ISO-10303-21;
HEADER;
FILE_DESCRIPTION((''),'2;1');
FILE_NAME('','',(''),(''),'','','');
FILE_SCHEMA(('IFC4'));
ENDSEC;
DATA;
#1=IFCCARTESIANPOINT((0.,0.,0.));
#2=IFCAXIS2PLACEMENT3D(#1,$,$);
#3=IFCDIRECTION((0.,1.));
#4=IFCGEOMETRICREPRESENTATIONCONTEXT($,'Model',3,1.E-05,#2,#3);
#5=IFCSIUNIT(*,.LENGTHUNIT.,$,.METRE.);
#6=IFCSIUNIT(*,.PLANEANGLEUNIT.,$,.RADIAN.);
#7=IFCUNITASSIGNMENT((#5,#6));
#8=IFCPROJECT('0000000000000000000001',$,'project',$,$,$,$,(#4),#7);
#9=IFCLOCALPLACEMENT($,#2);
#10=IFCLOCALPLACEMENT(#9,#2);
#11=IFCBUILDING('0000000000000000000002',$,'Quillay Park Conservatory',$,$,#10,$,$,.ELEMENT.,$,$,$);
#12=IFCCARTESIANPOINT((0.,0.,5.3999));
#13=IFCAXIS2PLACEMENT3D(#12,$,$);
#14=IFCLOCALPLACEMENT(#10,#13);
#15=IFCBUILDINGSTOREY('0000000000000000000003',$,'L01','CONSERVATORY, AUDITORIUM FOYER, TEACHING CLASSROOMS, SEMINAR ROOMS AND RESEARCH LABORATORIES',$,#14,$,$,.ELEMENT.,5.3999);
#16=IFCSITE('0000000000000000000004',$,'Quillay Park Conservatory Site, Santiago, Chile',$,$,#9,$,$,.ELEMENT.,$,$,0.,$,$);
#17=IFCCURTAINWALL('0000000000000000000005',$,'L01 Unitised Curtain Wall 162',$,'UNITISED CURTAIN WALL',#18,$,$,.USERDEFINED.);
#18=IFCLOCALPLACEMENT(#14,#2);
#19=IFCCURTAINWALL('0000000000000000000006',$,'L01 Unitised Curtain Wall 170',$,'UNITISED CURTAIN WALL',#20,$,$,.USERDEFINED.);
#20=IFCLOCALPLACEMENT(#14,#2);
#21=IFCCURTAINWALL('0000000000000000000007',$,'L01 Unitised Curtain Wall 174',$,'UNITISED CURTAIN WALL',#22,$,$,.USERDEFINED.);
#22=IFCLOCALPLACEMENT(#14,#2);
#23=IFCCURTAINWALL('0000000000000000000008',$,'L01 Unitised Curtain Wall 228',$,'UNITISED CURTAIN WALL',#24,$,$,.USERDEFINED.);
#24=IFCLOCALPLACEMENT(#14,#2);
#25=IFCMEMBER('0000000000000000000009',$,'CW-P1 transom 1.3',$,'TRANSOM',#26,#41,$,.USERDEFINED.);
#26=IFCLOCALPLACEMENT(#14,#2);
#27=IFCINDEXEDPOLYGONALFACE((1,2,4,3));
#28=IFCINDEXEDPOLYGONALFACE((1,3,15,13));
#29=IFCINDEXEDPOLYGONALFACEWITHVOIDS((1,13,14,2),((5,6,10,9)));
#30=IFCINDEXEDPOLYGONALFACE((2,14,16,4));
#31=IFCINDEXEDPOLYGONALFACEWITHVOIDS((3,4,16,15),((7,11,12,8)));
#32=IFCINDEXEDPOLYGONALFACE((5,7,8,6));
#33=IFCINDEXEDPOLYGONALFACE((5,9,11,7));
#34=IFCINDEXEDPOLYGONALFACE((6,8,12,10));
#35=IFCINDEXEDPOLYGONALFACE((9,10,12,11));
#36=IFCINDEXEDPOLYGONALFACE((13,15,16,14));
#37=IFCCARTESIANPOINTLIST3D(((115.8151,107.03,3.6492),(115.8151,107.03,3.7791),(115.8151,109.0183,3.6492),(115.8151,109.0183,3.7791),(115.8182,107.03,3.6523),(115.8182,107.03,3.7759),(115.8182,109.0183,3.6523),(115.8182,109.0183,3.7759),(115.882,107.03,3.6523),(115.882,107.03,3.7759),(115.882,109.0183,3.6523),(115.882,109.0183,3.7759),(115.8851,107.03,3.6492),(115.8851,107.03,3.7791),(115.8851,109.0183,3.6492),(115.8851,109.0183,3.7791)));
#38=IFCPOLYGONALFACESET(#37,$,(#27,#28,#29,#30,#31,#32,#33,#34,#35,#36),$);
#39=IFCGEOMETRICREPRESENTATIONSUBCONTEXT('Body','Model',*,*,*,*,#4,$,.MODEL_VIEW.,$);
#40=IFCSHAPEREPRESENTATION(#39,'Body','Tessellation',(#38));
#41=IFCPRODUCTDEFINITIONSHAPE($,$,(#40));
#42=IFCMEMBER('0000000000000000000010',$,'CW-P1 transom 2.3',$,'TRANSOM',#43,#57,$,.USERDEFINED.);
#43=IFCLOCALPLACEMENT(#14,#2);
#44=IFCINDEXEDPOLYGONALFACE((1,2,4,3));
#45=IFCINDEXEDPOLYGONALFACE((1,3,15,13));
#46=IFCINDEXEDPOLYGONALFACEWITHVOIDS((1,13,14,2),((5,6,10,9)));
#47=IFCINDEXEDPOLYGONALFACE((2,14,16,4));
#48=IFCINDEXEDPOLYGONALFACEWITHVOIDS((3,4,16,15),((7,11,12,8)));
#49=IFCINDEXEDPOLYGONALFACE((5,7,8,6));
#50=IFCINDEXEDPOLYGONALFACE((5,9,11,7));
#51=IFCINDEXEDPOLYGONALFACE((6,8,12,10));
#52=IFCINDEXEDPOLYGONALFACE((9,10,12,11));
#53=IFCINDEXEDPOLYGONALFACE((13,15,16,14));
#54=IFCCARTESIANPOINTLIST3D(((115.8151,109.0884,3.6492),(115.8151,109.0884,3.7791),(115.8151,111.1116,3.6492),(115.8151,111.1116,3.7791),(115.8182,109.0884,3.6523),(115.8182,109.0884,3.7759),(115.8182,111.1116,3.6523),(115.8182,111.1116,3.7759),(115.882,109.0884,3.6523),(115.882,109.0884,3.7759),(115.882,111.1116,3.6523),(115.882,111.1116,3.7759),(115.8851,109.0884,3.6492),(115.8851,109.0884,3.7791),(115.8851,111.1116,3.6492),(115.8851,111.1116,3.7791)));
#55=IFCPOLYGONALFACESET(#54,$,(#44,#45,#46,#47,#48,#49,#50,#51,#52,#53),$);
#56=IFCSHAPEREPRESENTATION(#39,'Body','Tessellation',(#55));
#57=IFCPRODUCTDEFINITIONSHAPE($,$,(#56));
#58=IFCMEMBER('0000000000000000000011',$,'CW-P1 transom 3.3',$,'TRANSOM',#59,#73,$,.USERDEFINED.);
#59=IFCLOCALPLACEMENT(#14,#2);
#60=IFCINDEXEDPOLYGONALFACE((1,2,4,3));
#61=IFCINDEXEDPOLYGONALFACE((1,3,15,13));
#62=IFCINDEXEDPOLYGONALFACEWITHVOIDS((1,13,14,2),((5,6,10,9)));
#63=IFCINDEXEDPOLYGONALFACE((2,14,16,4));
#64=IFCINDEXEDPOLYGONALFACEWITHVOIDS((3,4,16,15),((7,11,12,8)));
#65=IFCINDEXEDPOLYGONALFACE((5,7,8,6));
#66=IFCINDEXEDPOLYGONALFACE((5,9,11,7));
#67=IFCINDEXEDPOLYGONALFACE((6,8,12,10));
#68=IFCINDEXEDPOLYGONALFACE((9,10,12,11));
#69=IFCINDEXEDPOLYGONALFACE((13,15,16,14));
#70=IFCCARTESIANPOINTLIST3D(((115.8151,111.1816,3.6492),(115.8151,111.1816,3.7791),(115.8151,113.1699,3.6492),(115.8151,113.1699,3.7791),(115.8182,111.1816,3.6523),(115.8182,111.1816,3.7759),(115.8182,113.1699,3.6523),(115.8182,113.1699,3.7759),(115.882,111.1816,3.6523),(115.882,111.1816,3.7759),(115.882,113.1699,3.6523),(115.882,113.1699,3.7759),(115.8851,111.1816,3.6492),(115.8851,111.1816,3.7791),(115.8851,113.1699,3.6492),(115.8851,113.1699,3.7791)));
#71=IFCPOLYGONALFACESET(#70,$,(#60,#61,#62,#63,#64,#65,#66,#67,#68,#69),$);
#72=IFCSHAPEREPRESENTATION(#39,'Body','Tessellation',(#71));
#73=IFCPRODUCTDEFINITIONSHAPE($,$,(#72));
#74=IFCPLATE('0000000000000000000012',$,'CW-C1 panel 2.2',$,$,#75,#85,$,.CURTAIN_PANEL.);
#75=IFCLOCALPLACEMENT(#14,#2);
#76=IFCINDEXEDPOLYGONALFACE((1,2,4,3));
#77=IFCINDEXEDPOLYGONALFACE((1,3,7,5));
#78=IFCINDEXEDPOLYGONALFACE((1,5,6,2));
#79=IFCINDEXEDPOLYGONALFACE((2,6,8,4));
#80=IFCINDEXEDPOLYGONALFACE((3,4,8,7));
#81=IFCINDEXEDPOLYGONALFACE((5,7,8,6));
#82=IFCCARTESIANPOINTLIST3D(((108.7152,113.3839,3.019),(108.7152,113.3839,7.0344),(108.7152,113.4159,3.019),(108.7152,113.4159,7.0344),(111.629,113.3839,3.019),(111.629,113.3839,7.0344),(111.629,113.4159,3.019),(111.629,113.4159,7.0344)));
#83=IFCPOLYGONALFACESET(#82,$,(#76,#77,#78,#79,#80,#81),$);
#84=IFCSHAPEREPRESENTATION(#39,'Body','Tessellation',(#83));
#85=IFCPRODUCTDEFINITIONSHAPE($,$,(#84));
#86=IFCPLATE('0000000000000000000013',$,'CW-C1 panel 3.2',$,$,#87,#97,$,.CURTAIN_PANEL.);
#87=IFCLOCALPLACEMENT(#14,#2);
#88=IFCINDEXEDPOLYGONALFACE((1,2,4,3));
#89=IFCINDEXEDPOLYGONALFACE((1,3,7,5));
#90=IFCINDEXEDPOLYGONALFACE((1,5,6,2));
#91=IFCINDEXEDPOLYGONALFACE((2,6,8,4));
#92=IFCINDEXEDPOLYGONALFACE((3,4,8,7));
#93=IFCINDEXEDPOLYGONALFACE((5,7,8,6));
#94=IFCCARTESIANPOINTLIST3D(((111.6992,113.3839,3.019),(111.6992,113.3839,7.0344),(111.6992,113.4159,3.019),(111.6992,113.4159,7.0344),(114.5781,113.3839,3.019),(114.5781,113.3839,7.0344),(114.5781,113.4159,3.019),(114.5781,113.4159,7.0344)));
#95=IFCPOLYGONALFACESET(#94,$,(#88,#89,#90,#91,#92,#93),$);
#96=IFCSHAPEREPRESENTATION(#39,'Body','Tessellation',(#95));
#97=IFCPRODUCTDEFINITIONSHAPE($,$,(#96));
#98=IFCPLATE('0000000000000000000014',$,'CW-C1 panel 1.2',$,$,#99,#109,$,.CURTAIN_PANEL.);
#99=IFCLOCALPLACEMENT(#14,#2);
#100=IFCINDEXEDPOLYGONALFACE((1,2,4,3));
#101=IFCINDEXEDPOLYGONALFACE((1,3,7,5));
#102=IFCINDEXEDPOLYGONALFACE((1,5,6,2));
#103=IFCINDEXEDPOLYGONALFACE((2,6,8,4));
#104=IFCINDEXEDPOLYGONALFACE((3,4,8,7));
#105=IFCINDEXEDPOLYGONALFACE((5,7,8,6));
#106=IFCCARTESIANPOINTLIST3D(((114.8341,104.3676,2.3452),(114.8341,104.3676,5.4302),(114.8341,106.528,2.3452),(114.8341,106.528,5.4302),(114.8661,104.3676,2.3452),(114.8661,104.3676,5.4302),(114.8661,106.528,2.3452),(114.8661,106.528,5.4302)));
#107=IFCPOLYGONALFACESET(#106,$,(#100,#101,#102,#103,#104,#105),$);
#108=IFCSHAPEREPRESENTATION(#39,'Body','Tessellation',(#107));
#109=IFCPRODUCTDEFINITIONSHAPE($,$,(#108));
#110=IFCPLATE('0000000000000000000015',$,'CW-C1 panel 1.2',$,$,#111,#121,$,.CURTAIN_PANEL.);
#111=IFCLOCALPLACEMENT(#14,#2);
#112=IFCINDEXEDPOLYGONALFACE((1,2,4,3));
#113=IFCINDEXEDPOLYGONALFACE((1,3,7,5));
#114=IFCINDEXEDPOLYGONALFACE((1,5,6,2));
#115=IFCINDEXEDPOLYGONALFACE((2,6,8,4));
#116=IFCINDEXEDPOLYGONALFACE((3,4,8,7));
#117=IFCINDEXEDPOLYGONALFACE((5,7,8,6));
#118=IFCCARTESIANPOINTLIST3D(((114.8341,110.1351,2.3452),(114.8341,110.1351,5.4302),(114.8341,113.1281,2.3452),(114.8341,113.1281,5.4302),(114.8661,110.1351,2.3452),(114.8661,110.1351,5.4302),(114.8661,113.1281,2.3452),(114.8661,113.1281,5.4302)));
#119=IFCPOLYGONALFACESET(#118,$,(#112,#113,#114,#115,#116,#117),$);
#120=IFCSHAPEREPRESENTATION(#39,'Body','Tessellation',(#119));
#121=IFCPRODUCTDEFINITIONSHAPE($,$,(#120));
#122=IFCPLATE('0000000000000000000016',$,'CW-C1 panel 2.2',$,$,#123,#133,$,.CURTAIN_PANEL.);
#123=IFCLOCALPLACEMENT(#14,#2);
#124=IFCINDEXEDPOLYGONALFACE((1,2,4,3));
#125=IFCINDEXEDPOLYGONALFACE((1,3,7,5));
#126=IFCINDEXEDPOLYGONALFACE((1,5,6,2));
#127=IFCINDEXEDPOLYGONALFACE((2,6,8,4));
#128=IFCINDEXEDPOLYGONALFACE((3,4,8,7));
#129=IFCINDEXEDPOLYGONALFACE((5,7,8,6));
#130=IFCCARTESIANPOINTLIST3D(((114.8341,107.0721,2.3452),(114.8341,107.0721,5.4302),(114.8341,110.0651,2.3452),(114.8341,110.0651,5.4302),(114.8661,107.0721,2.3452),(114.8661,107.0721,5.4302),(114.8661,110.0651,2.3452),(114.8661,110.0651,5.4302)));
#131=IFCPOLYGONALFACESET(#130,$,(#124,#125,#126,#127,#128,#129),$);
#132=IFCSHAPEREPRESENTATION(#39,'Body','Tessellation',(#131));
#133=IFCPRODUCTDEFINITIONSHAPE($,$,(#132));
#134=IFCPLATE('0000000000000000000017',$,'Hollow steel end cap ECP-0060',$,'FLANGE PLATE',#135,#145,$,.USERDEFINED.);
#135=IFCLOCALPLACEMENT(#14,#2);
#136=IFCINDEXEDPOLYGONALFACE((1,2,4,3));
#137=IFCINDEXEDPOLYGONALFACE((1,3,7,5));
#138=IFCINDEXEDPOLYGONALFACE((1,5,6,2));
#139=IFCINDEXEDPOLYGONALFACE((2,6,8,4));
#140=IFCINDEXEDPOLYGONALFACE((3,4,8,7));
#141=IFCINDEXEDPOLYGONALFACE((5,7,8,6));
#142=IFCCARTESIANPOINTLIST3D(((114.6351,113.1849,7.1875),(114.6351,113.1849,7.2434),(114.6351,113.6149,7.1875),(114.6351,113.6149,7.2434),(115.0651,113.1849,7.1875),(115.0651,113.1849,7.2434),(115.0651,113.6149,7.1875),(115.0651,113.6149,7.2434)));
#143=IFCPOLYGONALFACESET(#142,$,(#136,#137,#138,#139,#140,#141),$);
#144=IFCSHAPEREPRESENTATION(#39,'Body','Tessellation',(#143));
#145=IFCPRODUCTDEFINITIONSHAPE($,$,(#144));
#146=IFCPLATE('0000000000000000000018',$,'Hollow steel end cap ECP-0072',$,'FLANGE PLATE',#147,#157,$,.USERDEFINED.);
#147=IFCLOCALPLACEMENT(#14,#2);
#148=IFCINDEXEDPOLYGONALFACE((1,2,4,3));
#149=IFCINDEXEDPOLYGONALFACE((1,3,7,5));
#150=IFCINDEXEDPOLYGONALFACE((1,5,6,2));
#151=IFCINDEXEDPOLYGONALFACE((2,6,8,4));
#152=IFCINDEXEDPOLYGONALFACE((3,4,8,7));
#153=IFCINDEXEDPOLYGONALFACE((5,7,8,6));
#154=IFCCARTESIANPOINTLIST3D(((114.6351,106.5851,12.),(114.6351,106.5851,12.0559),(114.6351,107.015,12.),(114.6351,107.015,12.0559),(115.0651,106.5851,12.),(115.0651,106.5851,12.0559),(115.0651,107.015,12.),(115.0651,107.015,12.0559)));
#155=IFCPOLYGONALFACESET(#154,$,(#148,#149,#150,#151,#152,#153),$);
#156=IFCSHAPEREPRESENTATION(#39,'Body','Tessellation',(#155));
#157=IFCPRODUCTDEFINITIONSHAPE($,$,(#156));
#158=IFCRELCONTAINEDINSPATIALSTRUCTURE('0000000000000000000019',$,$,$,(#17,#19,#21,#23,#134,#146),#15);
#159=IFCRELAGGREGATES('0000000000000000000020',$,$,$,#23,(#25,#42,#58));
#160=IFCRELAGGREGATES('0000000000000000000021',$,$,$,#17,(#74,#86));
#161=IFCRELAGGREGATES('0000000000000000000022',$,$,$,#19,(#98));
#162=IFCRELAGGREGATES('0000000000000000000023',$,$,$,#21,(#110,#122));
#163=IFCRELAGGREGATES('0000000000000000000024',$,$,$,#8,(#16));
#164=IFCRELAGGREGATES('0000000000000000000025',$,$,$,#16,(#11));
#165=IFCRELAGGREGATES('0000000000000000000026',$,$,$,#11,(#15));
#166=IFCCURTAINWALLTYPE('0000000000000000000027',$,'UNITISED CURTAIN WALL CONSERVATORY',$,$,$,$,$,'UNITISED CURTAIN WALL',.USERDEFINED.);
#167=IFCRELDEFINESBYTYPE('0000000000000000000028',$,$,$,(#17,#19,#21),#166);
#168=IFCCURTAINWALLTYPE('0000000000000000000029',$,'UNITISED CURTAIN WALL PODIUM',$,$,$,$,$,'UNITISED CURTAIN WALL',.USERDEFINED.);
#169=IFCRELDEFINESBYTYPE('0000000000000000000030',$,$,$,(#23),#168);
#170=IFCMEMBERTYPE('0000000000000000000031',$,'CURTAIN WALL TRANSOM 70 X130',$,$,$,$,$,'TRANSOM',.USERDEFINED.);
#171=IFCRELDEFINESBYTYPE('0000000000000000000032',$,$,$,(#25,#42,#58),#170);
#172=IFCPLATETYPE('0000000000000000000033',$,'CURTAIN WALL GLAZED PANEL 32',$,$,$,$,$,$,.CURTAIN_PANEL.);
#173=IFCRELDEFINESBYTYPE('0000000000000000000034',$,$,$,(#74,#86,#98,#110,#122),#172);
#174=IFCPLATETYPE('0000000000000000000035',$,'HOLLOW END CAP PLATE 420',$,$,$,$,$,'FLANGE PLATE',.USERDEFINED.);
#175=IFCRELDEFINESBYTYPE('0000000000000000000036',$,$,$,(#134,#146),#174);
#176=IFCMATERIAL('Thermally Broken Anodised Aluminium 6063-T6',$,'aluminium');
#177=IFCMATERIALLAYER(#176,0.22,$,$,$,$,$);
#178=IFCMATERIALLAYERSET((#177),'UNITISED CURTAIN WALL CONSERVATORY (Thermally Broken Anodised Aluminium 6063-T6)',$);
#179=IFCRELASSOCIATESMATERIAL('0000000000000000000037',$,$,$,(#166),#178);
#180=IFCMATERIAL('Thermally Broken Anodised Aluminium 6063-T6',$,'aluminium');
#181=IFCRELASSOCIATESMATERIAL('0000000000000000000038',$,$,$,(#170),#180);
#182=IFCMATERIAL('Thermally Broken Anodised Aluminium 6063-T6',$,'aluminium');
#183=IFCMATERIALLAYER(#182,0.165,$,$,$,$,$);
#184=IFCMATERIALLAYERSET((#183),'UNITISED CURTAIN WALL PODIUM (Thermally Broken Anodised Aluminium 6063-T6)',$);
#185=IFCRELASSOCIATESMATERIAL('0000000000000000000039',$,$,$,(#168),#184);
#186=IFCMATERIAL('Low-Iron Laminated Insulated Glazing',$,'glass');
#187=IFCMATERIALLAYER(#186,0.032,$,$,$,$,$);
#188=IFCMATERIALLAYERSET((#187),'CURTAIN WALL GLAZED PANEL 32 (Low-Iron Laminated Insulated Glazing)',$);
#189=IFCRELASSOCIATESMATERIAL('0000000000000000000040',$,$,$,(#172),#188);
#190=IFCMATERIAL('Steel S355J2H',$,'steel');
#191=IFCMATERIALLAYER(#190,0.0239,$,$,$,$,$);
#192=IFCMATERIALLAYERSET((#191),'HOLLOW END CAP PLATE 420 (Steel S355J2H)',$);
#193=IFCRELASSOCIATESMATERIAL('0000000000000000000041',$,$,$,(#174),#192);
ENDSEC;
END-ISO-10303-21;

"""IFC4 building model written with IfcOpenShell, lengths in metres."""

from ifc_helpers import new_model, si_unit, direction, frame, origin, origin_2d, place, context, subcontext, project, spatial, rectangle, hollow_rectangle, extrude, material, layer, layer_set, material_profile, profile_set, type_object, element, aggregate, save


model = new_model("IFC4")

# Units and contexts
model_context = context("Model", 3, precision=1e-05, world=origin(), true_north=direction((0.0, 1.0)))
body_context = subcontext(model_context, "Body", "Model", "MODEL_VIEW")
ifc_project = project(units=[si_unit("LENGTHUNIT", "METRE"), si_unit("PLANEANGLEUNIT", "RADIAN")], contexts=[model_context])

# Site, building, storey
site_placement = place(None, origin())
site = spatial("IfcSite", under=ifc_project, at=site_placement, Name="Quillay Park Conservatory Site, Santiago, Chile", CompositionType="ELEMENT", RefElevation=0.0)
building_placement = place(site_placement, origin())
building = spatial("IfcBuilding", under=site, at=building_placement, Name="Quillay Park Conservatory", CompositionType="ELEMENT")
storey_placement = place(building_placement, frame((0.0, 0.0, 5.3999)))
storey = spatial("IfcBuildingStorey", under=building, at=storey_placement, Name="L01", Description="CONSERVATORY, AUDITORIUM FOYER, TEACHING CLASSROOMS, SEMINAR ROOMS AND RESEARCH LABORATORIES", CompositionType="ELEMENT", Elevation=5.3999)

# Curtain walls
ifc_material_1 = material(Name="Thermally Broken Anodised Aluminium 6063-T6", Category="aluminium")
ifc_layer_1 = layer(ifc_material_1, 0.22)
ifc_layer_set_1 = layer_set([ifc_layer_1], Name="UNITISED CURTAIN WALL CONSERVATORY (Thermally Broken Anodised Aluminium 6063-T6)")
curtain_wall_type_1 = type_object("IfcCurtainWallType", Name="UNITISED CURTAIN WALL CONSERVATORY", ElementType="UNITISED CURTAIN WALL", PredefinedType="USERDEFINED", material=ifc_layer_set_1)
curtain_wall_1_placement = place(storey_placement, origin())
curtain_wall_1 = element("IfcCurtainWall", 1, at=curtain_wall_1_placement, inside=storey, type_object=curtain_wall_type_1, Name="L01 Unitised Curtain Wall 162", ObjectType="UNITISED CURTAIN WALL", PredefinedType="USERDEFINED")
ifc_material_2 = material(Name="Thermally Broken Anodised Aluminium 6063-T6", Category="aluminium")
ifc_material_profile = material_profile(ifc_material_2, hollow_rectangle(XDim=0.0701, YDim=0.1299, WallThickness=0.0032, at=origin_2d()), Name="AL70x130x3.2")
ifc_profile_set = profile_set([ifc_material_profile], Name="Thermally Broken Anodised Aluminium 6063-T6")
member_type = type_object("IfcMemberType", Name="CURTAIN WALL TRANSOM 70 X130", ElementType="TRANSOM", PredefinedType="USERDEFINED", material=ifc_profile_set)
curtain_wall_2_placement = place(storey_placement, origin())
curtain_wall_2 = element("IfcCurtainWall", 2, at=curtain_wall_2_placement, inside=storey, type_object=curtain_wall_type_1, Name="L01 Unitised Curtain Wall 170", ObjectType="UNITISED CURTAIN WALL", PredefinedType="USERDEFINED")
curtain_wall_3_placement = place(storey_placement, origin())
curtain_wall_3 = element("IfcCurtainWall", 3, at=curtain_wall_3_placement, inside=storey, type_object=curtain_wall_type_1, Name="L01 Unitised Curtain Wall 174", ObjectType="UNITISED CURTAIN WALL", PredefinedType="USERDEFINED")
ifc_material_3 = material(Name="Thermally Broken Anodised Aluminium 6063-T6", Category="aluminium")
ifc_layer_2 = layer(ifc_material_3, 0.165)
ifc_layer_set_2 = layer_set([ifc_layer_2], Name="UNITISED CURTAIN WALL PODIUM (Thermally Broken Anodised Aluminium 6063-T6)")
curtain_wall_type_2 = type_object("IfcCurtainWallType", Name="UNITISED CURTAIN WALL PODIUM", ElementType="UNITISED CURTAIN WALL", PredefinedType="USERDEFINED", material=ifc_layer_set_2)

# Curtain wall, members
curtain_wall_4_placement = place(storey_placement, origin())
curtain_wall_4 = element("IfcCurtainWall", 4, at=curtain_wall_4_placement, inside=storey, type_object=curtain_wall_type_2, Name="L01 Unitised Curtain Wall 228", ObjectType="UNITISED CURTAIN WALL", PredefinedType="USERDEFINED")
member_1_placement = place(storey_placement, frame((115.8501, 107.03, 3.7141), z_axis=(0.0, 1.0, 0.0), x_axis=(-1.0, 0.0, 0.0)))
member_1 = element("IfcMember", 5, at=member_1_placement, type_object=member_type, Name="CW-P1 transom 1.3", ObjectType="TRANSOM", PredefinedType="USERDEFINED", context=body_context, shape_type="SweptSolid", body=[
    extrude(hollow_rectangle(XDim=0.0701, YDim=0.1299, WallThickness=0.0032, at=origin_2d()), origin(), (0.0, 0.0, 1.0), 1.9883),
])
member_2_placement = place(storey_placement, frame((115.8501, 109.0884, 3.7141), z_axis=(0.0, 1.0, 0.0), x_axis=(-1.0, 0.0, 0.0)))
member_2 = element("IfcMember", 6, at=member_2_placement, type_object=member_type, Name="CW-P1 transom 2.3", ObjectType="TRANSOM", PredefinedType="USERDEFINED", context=body_context, shape_type="SweptSolid", body=[
    extrude(hollow_rectangle(XDim=0.0701, YDim=0.1299, WallThickness=0.0032, at=origin_2d()), origin(), (0.0, 0.0, 1.0), 2.0232),
])
member_3_placement = place(storey_placement, frame((115.8501, 111.1816, 3.7141), z_axis=(0.0, 1.0, 0.0), x_axis=(-1.0, 0.0, 0.0)))
member_3 = element("IfcMember", 7, at=member_3_placement, type_object=member_type, Name="CW-P1 transom 3.3", ObjectType="TRANSOM", PredefinedType="USERDEFINED", context=body_context, shape_type="SweptSolid", body=[
    extrude(hollow_rectangle(XDim=0.0701, YDim=0.1299, WallThickness=0.0032, at=origin_2d()), origin(), (0.0, 0.0, 1.0), 1.9883),
])
aggregate(curtain_wall_4, [member_1, member_2, member_3])

# Plates
ifc_material_4 = material(Name="Low-Iron Laminated Insulated Glazing", Category="glass")
ifc_layer_3 = layer(ifc_material_4, 0.032)
ifc_layer_set_3 = layer_set([ifc_layer_3], Name="CURTAIN WALL GLAZED PANEL 32 (Low-Iron Laminated Insulated Glazing)")
plate_type_1 = type_object("IfcPlateType", Name="CURTAIN WALL GLAZED PANEL 32", PredefinedType="CURTAIN_PANEL", material=ifc_layer_set_3)
plate_1_placement = place(storey_placement, frame((110.1721, 113.3999, 3.019), z_axis=(0.0, 0.0, 1.0), x_axis=(1.0, 0.0, 0.0)))
plate_1 = element("IfcPlate", 8, at=plate_1_placement, type_object=plate_type_1, Name="CW-C1 panel 2.2", PredefinedType="CURTAIN_PANEL", context=body_context, shape_type="SweptSolid", body=[
    extrude(rectangle(XDim=2.9138, YDim=0.032, at=origin_2d()), origin(), (0.0, 0.0, 1.0), 4.0154),
])
plate_2_placement = place(storey_placement, frame((113.1387, 113.3999, 3.019), z_axis=(0.0, 0.0, 1.0), x_axis=(1.0, 0.0, 0.0)))
plate_2 = element("IfcPlate", 9, at=plate_2_placement, type_object=plate_type_1, Name="CW-C1 panel 3.2", PredefinedType="CURTAIN_PANEL", context=body_context, shape_type="SweptSolid", body=[
    extrude(rectangle(XDim=2.8789, YDim=0.032, at=origin_2d()), origin(), (0.0, 0.0, 1.0), 4.0154),
])
aggregate(curtain_wall_1, [plate_1, plate_2])
plate_3_placement = place(storey_placement, frame((114.8501, 105.4478, 2.3452), z_axis=(0.0, 0.0, 1.0), x_axis=(0.0, -1.0, 0.0)))
plate_3 = element("IfcPlate", 10, at=plate_3_placement, type_object=plate_type_1, Name="CW-C1 panel 1.2", PredefinedType="CURTAIN_PANEL", context=body_context, shape_type="SweptSolid", body=[
    extrude(rectangle(XDim=2.1604, YDim=0.032, at=origin_2d()), origin(), (0.0, 0.0, 1.0), 3.085),
])
aggregate(curtain_wall_2, [plate_3])
plate_4_placement = place(storey_placement, frame((114.8501, 111.6316, 2.3452), z_axis=(0.0, 0.0, 1.0), x_axis=(0.0, -1.0, 0.0)))
plate_4 = element("IfcPlate", 11, at=plate_4_placement, type_object=plate_type_1, Name="CW-C1 panel 1.2", PredefinedType="CURTAIN_PANEL", context=body_context, shape_type="SweptSolid", body=[
    extrude(rectangle(XDim=2.9929, YDim=0.032, at=origin_2d()), origin(), (0.0, 0.0, 1.0), 3.085),
])
plate_5_placement = place(storey_placement, frame((114.8501, 108.5686, 2.3452), z_axis=(0.0, 0.0, 1.0), x_axis=(0.0, -1.0, 0.0)))
plate_5 = element("IfcPlate", 12, at=plate_5_placement, type_object=plate_type_1, Name="CW-C1 panel 2.2", PredefinedType="CURTAIN_PANEL", context=body_context, shape_type="SweptSolid", body=[
    extrude(rectangle(XDim=2.9929, YDim=0.032, at=origin_2d()), origin(), (0.0, 0.0, 1.0), 3.085),
])
aggregate(curtain_wall_3, [plate_4, plate_5])

# Plates
ifc_material_5 = material(Name="Steel S355J2H", Category="steel")
ifc_layer_4 = layer(ifc_material_5, 0.0239)
ifc_layer_set_4 = layer_set([ifc_layer_4], Name="HOLLOW END CAP PLATE 420 (Steel S355J2H)")
plate_type_2 = type_object("IfcPlateType", Name="HOLLOW END CAP PLATE 420", ElementType="FLANGE PLATE", PredefinedType="USERDEFINED", material=ifc_layer_set_4)
for number, where, z_axis, x_axis, name in (
    (13, (114.8501, 113.3999, 7.1875), (0.0, 0.0, 1.0), (1.0, 0.0, 0.0), "Hollow steel end cap ECP-0060"),
    (14, (114.8501, 106.8, 12.0), (0.0, 0.0, 1.0), (1.0, 0.0, 0.0), "Hollow steel end cap ECP-0072"),
):
    element("IfcPlate", number, at=place(storey_placement, frame(where, z_axis=z_axis, x_axis=x_axis)), inside=storey, type_object=plate_type_2, Name=name, ObjectType="FLANGE PLATE", PredefinedType="USERDEFINED", context=body_context, shape_type="SweptSolid", body=[
        extrude(rectangle(XDim=0.4299, YDim=0.4299, at=origin_2d()), origin(), (0.0, 0.0, 1.0), 0.0559),
    ])

save(model, "model.ifc")
